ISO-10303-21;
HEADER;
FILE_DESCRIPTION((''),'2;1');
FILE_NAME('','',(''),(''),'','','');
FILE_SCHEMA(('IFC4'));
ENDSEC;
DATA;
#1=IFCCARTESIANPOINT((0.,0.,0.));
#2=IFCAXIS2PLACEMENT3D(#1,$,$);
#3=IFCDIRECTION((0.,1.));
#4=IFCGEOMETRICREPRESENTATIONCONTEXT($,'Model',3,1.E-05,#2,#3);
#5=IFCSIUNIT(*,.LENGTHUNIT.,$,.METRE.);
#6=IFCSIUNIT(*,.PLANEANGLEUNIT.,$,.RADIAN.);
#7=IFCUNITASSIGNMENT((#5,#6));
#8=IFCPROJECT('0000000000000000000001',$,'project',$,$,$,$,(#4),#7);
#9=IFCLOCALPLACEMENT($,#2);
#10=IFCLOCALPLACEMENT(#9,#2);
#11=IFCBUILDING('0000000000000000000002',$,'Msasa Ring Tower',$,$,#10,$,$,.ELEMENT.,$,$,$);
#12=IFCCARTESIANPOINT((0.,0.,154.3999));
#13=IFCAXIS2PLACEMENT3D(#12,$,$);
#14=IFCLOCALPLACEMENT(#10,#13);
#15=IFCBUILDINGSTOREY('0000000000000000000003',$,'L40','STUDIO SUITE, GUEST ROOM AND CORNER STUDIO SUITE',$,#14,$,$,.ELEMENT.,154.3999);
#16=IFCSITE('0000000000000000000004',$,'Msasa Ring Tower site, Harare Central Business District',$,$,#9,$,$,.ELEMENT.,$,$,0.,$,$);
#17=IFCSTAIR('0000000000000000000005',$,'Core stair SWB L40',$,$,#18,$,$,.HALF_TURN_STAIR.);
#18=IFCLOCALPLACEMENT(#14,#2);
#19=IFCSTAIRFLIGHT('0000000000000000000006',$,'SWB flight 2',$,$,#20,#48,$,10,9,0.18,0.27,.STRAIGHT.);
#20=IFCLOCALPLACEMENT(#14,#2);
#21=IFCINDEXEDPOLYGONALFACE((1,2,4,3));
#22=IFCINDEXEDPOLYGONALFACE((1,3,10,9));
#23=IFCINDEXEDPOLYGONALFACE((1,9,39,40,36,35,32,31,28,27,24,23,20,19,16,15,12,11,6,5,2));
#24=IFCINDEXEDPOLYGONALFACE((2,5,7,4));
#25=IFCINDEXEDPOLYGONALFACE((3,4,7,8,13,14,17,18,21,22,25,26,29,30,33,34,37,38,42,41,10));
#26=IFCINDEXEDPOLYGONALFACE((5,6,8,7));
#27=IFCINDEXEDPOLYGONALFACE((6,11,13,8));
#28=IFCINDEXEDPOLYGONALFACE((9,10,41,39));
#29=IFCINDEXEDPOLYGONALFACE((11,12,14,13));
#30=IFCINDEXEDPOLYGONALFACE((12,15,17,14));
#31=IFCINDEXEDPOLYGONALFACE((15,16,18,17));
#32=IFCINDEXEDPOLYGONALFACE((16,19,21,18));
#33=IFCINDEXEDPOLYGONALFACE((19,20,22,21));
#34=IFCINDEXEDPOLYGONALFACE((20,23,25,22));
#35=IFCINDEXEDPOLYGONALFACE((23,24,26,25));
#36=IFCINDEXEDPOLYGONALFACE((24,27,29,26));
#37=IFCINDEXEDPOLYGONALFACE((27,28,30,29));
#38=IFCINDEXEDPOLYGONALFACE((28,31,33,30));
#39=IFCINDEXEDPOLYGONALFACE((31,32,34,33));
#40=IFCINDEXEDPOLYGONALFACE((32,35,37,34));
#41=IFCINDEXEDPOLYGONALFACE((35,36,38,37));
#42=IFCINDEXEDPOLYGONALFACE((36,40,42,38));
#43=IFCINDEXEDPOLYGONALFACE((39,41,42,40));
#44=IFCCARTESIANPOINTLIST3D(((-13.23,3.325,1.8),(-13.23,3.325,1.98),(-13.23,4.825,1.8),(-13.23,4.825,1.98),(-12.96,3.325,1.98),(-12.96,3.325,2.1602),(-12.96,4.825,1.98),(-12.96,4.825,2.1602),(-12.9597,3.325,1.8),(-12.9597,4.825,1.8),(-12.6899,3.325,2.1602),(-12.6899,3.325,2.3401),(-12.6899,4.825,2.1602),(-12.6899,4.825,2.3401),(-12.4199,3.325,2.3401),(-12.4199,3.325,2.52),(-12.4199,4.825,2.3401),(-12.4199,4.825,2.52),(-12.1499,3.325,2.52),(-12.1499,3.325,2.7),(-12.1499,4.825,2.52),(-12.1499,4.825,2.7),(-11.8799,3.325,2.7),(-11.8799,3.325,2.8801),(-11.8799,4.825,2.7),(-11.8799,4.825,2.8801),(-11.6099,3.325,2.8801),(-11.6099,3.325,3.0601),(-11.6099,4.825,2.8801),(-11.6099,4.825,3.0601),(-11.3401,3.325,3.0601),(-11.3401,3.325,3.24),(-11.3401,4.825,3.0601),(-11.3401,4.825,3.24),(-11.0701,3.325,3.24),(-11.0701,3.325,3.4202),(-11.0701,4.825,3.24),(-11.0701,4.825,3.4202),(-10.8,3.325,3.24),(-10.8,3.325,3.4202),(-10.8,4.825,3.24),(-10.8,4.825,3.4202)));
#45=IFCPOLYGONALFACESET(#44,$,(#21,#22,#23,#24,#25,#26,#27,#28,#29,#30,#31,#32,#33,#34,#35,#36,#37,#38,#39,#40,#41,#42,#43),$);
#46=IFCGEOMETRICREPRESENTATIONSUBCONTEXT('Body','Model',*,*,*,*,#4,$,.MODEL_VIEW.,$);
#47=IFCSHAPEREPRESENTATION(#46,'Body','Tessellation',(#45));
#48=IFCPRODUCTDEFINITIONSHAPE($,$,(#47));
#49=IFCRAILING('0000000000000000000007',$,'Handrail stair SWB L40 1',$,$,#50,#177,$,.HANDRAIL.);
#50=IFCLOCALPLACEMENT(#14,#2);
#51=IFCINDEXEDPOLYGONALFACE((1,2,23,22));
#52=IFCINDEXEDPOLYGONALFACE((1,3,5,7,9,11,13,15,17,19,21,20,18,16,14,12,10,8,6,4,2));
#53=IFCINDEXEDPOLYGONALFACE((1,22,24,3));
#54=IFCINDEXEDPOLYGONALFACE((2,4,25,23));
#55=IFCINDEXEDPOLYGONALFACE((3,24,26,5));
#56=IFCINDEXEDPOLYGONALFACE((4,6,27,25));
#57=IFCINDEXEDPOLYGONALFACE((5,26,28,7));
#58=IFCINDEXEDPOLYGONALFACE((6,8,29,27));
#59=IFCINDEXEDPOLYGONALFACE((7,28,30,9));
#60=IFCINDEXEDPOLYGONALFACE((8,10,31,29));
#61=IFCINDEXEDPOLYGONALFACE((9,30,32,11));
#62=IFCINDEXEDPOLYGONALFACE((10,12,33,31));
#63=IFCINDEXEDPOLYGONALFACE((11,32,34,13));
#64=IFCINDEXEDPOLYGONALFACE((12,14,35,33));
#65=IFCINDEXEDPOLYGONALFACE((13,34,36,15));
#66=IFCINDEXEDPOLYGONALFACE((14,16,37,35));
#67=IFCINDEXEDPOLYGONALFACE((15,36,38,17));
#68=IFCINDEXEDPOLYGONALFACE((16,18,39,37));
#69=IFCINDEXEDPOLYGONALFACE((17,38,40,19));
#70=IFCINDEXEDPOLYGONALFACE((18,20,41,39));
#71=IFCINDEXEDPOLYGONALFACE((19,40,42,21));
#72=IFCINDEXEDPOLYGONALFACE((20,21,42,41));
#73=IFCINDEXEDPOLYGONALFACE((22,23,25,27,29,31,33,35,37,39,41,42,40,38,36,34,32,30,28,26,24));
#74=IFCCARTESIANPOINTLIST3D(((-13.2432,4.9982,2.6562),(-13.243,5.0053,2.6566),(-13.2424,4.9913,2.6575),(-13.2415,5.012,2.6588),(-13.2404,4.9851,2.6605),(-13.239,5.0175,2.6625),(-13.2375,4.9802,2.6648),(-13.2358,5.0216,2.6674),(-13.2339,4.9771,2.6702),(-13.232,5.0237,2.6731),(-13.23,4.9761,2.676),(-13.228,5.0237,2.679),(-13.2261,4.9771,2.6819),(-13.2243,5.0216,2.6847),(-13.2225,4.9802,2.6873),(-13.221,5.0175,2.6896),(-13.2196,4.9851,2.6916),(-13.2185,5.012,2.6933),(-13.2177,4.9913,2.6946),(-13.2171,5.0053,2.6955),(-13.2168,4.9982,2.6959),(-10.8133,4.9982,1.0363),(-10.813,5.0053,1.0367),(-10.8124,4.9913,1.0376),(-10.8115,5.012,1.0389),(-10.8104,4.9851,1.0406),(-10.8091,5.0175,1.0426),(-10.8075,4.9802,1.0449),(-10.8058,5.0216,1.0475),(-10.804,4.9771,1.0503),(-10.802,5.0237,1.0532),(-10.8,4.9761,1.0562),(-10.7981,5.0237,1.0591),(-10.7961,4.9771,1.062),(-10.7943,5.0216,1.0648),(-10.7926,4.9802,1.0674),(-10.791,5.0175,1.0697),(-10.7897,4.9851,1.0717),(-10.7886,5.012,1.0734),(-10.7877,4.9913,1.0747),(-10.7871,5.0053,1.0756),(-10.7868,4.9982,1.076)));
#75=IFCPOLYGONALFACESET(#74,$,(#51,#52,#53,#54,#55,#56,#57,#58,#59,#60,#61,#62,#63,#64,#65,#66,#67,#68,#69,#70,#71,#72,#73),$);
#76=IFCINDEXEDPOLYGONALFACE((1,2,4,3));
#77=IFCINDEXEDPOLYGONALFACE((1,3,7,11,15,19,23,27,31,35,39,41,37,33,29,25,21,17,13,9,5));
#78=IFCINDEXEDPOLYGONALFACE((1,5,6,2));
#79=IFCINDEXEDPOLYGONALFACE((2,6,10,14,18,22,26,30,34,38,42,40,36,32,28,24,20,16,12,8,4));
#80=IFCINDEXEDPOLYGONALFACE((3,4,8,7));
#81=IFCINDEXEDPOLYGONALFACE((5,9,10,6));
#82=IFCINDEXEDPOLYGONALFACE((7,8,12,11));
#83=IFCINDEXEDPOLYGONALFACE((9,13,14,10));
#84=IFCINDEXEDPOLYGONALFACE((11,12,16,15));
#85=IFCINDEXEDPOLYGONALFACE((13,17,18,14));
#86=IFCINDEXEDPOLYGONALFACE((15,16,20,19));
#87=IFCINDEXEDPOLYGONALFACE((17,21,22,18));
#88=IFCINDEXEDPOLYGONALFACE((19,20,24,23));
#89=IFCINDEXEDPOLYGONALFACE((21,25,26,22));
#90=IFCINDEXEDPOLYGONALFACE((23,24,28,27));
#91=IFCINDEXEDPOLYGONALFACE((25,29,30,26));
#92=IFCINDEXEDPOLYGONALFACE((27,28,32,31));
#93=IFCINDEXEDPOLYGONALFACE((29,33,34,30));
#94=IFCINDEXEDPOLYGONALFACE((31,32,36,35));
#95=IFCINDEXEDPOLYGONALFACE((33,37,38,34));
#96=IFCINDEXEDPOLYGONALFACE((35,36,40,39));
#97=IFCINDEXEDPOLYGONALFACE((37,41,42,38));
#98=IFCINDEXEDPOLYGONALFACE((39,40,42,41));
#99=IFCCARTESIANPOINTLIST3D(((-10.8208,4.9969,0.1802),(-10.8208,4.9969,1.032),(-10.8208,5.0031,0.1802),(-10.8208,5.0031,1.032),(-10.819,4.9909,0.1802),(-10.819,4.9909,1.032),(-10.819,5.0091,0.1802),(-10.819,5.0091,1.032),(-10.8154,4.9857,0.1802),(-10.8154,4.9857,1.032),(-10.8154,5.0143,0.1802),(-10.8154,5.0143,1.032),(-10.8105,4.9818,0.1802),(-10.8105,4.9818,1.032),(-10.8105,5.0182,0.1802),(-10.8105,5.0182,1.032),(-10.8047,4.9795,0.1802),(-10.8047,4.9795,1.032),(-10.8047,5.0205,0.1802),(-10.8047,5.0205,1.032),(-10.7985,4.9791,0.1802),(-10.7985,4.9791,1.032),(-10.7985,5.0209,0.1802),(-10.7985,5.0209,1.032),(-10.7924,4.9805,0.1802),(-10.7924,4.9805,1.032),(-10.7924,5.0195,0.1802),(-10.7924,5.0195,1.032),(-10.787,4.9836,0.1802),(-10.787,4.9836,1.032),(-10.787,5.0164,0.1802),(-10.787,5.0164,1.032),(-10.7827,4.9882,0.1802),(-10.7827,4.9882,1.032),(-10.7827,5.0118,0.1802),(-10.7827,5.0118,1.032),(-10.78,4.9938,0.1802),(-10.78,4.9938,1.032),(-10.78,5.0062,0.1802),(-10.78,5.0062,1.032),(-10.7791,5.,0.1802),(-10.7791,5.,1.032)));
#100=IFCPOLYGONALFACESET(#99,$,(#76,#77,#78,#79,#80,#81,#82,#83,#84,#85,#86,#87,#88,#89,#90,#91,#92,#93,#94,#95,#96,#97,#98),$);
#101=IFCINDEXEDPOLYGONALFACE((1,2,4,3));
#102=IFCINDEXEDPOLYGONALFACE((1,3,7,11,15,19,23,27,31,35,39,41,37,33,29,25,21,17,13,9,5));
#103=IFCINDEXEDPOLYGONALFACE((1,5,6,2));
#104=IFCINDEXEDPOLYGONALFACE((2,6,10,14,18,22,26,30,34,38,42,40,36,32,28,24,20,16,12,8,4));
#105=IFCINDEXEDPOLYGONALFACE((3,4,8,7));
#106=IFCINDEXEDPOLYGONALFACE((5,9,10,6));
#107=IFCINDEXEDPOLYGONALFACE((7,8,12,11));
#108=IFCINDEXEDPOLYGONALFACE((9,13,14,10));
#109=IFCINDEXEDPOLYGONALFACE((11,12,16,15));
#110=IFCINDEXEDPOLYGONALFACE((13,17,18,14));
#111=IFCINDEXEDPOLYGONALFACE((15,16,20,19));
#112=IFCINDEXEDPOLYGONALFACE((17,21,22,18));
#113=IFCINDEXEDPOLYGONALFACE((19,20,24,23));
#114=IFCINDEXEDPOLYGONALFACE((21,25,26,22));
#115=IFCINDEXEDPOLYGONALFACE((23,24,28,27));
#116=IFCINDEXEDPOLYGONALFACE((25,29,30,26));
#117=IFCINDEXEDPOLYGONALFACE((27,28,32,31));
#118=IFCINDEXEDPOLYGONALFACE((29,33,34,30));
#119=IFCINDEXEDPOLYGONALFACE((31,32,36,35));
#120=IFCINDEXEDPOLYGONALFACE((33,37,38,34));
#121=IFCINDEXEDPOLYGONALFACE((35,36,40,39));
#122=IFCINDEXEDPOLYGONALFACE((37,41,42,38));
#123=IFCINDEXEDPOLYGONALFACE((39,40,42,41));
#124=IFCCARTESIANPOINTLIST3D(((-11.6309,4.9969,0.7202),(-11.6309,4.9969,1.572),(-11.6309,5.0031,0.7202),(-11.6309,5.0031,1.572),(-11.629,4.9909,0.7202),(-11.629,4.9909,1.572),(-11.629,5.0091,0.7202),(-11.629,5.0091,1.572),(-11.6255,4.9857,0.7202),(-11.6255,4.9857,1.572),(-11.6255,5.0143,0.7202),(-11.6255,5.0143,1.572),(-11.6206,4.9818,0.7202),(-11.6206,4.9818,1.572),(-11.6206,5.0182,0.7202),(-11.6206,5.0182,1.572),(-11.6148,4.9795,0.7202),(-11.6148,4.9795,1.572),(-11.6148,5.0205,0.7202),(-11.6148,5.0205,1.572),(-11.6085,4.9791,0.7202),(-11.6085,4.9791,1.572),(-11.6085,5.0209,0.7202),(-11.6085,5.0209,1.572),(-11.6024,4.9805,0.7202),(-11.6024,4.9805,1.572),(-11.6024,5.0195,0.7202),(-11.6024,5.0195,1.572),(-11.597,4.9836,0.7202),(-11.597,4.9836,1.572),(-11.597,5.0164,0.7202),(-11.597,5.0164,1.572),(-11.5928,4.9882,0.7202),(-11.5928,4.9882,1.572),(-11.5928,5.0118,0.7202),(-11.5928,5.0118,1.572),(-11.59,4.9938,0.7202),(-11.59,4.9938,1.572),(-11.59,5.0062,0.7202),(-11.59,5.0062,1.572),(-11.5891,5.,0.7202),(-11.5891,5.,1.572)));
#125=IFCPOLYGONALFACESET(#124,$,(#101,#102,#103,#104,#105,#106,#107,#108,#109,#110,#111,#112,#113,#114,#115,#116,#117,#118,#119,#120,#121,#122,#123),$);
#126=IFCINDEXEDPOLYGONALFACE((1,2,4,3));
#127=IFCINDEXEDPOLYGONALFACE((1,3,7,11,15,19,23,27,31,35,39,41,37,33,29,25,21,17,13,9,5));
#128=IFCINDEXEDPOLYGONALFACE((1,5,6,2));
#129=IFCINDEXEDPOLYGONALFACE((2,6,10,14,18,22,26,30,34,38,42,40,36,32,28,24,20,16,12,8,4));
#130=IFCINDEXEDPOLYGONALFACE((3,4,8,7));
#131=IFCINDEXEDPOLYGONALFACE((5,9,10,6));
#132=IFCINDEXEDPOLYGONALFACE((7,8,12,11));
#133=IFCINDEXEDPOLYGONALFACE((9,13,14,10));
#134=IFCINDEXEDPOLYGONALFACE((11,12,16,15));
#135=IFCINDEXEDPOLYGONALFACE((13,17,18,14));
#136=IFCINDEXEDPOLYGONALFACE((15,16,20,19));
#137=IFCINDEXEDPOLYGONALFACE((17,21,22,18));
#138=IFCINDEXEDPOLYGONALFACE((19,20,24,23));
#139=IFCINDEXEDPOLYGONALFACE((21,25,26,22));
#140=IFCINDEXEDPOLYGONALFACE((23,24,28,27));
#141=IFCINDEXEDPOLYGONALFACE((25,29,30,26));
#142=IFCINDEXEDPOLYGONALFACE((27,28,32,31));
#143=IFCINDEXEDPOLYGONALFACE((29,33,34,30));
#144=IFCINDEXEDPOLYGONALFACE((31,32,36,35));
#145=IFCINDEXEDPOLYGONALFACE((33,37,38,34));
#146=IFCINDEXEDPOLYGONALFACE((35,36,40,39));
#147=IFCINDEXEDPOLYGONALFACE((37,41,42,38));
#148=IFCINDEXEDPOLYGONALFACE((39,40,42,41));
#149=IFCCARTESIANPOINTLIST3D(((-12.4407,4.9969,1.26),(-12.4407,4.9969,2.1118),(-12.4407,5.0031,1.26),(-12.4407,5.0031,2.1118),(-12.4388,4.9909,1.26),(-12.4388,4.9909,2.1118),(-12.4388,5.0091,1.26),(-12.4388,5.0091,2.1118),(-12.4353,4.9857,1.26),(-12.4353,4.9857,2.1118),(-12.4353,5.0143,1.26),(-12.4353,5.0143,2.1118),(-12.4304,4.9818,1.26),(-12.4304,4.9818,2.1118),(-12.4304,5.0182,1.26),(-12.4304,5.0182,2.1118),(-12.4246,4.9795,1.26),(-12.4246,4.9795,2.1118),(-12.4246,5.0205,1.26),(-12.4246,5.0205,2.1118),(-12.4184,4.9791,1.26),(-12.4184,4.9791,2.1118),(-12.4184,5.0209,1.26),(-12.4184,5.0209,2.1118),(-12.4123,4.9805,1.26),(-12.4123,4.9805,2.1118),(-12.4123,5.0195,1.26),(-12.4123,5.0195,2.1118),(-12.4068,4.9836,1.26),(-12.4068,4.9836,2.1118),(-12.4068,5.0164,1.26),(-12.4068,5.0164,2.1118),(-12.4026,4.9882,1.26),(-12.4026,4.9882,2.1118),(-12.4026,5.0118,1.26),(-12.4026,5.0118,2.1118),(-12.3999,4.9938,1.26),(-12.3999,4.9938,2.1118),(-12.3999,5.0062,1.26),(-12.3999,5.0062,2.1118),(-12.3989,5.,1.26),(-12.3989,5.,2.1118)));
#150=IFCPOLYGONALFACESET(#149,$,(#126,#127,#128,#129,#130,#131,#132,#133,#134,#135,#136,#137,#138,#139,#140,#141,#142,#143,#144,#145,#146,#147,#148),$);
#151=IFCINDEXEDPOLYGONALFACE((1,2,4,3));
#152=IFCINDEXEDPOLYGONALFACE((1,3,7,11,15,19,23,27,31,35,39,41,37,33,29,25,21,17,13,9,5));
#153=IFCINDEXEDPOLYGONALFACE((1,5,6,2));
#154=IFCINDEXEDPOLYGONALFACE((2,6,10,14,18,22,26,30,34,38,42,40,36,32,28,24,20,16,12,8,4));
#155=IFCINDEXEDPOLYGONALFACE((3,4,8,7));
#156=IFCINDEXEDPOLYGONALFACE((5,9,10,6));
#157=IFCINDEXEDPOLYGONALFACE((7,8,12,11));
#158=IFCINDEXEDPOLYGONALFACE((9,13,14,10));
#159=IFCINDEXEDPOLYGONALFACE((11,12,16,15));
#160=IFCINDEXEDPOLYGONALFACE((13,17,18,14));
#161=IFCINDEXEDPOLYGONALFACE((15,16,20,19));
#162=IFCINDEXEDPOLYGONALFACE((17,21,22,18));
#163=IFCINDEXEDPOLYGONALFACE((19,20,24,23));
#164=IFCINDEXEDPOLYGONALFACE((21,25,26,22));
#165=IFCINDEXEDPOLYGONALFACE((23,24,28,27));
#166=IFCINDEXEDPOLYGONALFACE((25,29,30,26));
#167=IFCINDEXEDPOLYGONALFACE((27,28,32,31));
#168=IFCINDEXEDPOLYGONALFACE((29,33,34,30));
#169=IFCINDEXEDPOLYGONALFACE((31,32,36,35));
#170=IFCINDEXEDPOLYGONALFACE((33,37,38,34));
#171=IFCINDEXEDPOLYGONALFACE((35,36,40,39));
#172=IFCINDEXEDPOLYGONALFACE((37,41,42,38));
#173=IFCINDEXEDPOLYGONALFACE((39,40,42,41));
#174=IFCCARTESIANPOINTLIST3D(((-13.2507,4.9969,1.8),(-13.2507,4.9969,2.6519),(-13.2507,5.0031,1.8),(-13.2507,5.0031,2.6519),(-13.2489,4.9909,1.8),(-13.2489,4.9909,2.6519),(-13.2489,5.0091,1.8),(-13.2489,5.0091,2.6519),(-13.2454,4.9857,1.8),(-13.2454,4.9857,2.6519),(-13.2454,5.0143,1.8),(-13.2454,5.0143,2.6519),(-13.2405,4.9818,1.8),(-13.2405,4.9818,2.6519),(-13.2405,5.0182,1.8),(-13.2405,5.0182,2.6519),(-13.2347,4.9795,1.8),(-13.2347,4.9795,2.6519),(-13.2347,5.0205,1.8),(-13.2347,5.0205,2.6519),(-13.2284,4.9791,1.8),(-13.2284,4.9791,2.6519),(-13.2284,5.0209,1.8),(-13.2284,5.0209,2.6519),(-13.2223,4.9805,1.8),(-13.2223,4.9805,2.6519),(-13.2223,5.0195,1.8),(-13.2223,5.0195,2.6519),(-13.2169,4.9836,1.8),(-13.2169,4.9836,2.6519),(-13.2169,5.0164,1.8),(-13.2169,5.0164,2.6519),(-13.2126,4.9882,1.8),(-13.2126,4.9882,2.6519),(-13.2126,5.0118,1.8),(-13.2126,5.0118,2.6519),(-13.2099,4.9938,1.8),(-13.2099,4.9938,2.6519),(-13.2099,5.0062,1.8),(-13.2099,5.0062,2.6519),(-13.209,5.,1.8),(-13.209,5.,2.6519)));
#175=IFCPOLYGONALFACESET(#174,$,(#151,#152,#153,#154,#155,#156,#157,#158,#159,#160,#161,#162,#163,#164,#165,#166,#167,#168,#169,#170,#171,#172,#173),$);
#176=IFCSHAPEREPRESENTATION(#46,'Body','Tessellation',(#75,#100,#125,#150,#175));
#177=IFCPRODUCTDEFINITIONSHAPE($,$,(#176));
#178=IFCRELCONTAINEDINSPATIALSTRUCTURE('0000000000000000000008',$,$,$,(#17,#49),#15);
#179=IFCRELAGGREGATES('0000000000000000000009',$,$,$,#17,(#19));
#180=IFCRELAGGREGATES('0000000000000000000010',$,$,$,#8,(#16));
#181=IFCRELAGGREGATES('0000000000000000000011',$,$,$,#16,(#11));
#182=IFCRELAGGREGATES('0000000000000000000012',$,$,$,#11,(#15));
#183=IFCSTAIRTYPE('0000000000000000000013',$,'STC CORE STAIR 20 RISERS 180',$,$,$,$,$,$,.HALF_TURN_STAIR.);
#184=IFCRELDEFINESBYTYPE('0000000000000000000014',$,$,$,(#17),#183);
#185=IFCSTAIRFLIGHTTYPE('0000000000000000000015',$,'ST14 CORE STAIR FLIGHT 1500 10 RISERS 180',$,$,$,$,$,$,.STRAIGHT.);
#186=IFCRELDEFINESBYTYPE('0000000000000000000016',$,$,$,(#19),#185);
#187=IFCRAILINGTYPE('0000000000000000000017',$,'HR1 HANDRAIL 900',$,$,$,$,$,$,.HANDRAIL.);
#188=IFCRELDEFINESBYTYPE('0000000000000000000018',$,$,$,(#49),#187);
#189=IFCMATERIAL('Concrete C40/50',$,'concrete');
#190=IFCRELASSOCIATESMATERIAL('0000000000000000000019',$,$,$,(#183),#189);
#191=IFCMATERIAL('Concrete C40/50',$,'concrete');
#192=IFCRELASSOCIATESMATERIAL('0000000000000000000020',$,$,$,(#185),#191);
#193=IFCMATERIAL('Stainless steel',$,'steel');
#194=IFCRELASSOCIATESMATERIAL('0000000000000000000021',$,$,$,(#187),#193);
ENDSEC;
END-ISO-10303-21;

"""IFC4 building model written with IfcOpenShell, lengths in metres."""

from ifc_helpers import new_model, si_unit, direction, frame, origin, origin_2d, place, context, subcontext, project, spatial, polyline, circle, outline, extrude, material, type_object, element, aggregate, save


model = new_model("IFC4")

# Units and contexts
model_context = context("Model", 3, precision=1e-05, world=origin(), true_north=direction((0.0, 1.0)))
body_context = subcontext(model_context, "Body", "Model", "MODEL_VIEW")
ifc_project = project(units=[si_unit("LENGTHUNIT", "METRE"), si_unit("PLANEANGLEUNIT", "RADIAN")], contexts=[model_context])

# Site, building, storey
site_placement = place(None, origin())
site = spatial("IfcSite", under=ifc_project, at=site_placement, Name="Msasa Ring Tower site, Harare Central Business District", CompositionType="ELEMENT", RefElevation=0.0)
building_placement = place(site_placement, origin())
building = spatial("IfcBuilding", under=site, at=building_placement, Name="Msasa Ring Tower", CompositionType="ELEMENT")
storey_placement = place(building_placement, frame((0.0, 0.0, 154.3999)))
storey = spatial("IfcBuildingStorey", under=building, at=storey_placement, Name="L40", Description="STUDIO SUITE, GUEST ROOM AND CORNER STUDIO SUITE", CompositionType="ELEMENT", Elevation=154.3999)

# Stair, stair flight
ifc_material_1 = material(Name="Concrete C40/50", Category="concrete")
stair_type = type_object("IfcStairType", Name="STC CORE STAIR 20 RISERS 180", PredefinedType="HALF_TURN_STAIR", material=ifc_material_1)
stair_placement = place(storey_placement, origin())
stair = element("IfcStair", 1, at=stair_placement, inside=storey, type_object=stair_type, Name="Core stair SWB L40", PredefinedType="HALF_TURN_STAIR")
ifc_material_2 = material(Name="Concrete C40/50", Category="concrete")
stair_flight_type = type_object("IfcStairFlightType", Name="ST14 CORE STAIR FLIGHT 1500 10 RISERS 180", PredefinedType="STRAIGHT", material=ifc_material_2)
stair_flight_1_placement = place(storey_placement, frame((-13.23, 4.075, 1.8), z_axis=(0.0, 0.0, 1.0), x_axis=(1.0, 0.0, 0.0)))
stair_flight_1 = element("IfcStairFlight", 2, at=stair_flight_1_placement, type_object=stair_flight_type, Name="SWB flight 2", NumberOfRisers=10, NumberOfTreads=9, PredefinedType="STRAIGHT", RiserHeight=0.18, TreadLength=0.27, context=body_context, shape_type="SweptSolid", body=[
    extrude(outline(polyline([(0.0, 0.0), (0.0, 0.1799), (0.27, 0.1799), (0.27, 0.3601), (0.54, 0.3601), (0.54, 0.54), (0.8101, 0.54), (0.8101, 0.72), (1.0801, 0.72), (1.0801, 0.8999), (1.3501, 0.8999), (1.3501, 1.0801), (1.6201, 1.0801), (1.6201, 1.26), (1.8899, 1.26), (1.8899, 1.4399), (2.1599, 1.4399), (2.1599, 1.6201), (2.4299, 1.6201), (2.4299, 1.8), (2.4299, 1.4399), (0.2703, 0.0), (0.0, 0.0)])), frame((0.0, 0.75, 0.0), z_axis=(0.0, -1.0, 0.0), x_axis=(1.0, 0.0, 0.0)), (0.0, 0.0, 1.0), 1.5),
])
aggregate(stair, [stair_flight_1])

# Railing
ifc_material_3 = material(Name="Stainless steel", Category="steel")
railing_type = type_object("IfcRailingType", Name="HR1 HANDRAIL 900", PredefinedType="HANDRAIL", material=ifc_material_3)
for number, where, name in (
    (3, (-10.8, 5.0, 0.1802), "Handrail stair SWB L40 1"),
):
    element("IfcRailing", number, at=place(storey_placement, frame(where)), inside=storey, type_object=railing_type, Name=name, PredefinedType="HANDRAIL", context=body_context, shape_type="SweptSolid", body=[
        extrude(circle(Radius=0.0239, at=origin_2d()), frame((0.0, 0.0, 0.876), z_axis=(-0.832063, 0.0, 0.554681), x_axis=(0.0, -1.0, 0.0)), (0.0, 0.0, 1.0), 2.9204),
        extrude(circle(Radius=0.021, at=origin_2d()), origin(), (0.0, 0.0, 1.0), 0.8518),
        extrude(circle(Radius=0.021, at=origin_2d()), frame((-0.8101, 0.0, 0.54)), (0.0, 0.0, 1.0), 0.8518),
        extrude(circle(Radius=0.021, at=origin_2d()), frame((-1.6199, 0.0, 1.0798)), (0.0, 0.0, 1.0), 0.8518),
        extrude(circle(Radius=0.021, at=origin_2d()), frame((-2.4299, 0.0, 1.6199)), (0.0, 0.0, 1.0), 0.8518),
    ])

save(model, "model.ifc")
